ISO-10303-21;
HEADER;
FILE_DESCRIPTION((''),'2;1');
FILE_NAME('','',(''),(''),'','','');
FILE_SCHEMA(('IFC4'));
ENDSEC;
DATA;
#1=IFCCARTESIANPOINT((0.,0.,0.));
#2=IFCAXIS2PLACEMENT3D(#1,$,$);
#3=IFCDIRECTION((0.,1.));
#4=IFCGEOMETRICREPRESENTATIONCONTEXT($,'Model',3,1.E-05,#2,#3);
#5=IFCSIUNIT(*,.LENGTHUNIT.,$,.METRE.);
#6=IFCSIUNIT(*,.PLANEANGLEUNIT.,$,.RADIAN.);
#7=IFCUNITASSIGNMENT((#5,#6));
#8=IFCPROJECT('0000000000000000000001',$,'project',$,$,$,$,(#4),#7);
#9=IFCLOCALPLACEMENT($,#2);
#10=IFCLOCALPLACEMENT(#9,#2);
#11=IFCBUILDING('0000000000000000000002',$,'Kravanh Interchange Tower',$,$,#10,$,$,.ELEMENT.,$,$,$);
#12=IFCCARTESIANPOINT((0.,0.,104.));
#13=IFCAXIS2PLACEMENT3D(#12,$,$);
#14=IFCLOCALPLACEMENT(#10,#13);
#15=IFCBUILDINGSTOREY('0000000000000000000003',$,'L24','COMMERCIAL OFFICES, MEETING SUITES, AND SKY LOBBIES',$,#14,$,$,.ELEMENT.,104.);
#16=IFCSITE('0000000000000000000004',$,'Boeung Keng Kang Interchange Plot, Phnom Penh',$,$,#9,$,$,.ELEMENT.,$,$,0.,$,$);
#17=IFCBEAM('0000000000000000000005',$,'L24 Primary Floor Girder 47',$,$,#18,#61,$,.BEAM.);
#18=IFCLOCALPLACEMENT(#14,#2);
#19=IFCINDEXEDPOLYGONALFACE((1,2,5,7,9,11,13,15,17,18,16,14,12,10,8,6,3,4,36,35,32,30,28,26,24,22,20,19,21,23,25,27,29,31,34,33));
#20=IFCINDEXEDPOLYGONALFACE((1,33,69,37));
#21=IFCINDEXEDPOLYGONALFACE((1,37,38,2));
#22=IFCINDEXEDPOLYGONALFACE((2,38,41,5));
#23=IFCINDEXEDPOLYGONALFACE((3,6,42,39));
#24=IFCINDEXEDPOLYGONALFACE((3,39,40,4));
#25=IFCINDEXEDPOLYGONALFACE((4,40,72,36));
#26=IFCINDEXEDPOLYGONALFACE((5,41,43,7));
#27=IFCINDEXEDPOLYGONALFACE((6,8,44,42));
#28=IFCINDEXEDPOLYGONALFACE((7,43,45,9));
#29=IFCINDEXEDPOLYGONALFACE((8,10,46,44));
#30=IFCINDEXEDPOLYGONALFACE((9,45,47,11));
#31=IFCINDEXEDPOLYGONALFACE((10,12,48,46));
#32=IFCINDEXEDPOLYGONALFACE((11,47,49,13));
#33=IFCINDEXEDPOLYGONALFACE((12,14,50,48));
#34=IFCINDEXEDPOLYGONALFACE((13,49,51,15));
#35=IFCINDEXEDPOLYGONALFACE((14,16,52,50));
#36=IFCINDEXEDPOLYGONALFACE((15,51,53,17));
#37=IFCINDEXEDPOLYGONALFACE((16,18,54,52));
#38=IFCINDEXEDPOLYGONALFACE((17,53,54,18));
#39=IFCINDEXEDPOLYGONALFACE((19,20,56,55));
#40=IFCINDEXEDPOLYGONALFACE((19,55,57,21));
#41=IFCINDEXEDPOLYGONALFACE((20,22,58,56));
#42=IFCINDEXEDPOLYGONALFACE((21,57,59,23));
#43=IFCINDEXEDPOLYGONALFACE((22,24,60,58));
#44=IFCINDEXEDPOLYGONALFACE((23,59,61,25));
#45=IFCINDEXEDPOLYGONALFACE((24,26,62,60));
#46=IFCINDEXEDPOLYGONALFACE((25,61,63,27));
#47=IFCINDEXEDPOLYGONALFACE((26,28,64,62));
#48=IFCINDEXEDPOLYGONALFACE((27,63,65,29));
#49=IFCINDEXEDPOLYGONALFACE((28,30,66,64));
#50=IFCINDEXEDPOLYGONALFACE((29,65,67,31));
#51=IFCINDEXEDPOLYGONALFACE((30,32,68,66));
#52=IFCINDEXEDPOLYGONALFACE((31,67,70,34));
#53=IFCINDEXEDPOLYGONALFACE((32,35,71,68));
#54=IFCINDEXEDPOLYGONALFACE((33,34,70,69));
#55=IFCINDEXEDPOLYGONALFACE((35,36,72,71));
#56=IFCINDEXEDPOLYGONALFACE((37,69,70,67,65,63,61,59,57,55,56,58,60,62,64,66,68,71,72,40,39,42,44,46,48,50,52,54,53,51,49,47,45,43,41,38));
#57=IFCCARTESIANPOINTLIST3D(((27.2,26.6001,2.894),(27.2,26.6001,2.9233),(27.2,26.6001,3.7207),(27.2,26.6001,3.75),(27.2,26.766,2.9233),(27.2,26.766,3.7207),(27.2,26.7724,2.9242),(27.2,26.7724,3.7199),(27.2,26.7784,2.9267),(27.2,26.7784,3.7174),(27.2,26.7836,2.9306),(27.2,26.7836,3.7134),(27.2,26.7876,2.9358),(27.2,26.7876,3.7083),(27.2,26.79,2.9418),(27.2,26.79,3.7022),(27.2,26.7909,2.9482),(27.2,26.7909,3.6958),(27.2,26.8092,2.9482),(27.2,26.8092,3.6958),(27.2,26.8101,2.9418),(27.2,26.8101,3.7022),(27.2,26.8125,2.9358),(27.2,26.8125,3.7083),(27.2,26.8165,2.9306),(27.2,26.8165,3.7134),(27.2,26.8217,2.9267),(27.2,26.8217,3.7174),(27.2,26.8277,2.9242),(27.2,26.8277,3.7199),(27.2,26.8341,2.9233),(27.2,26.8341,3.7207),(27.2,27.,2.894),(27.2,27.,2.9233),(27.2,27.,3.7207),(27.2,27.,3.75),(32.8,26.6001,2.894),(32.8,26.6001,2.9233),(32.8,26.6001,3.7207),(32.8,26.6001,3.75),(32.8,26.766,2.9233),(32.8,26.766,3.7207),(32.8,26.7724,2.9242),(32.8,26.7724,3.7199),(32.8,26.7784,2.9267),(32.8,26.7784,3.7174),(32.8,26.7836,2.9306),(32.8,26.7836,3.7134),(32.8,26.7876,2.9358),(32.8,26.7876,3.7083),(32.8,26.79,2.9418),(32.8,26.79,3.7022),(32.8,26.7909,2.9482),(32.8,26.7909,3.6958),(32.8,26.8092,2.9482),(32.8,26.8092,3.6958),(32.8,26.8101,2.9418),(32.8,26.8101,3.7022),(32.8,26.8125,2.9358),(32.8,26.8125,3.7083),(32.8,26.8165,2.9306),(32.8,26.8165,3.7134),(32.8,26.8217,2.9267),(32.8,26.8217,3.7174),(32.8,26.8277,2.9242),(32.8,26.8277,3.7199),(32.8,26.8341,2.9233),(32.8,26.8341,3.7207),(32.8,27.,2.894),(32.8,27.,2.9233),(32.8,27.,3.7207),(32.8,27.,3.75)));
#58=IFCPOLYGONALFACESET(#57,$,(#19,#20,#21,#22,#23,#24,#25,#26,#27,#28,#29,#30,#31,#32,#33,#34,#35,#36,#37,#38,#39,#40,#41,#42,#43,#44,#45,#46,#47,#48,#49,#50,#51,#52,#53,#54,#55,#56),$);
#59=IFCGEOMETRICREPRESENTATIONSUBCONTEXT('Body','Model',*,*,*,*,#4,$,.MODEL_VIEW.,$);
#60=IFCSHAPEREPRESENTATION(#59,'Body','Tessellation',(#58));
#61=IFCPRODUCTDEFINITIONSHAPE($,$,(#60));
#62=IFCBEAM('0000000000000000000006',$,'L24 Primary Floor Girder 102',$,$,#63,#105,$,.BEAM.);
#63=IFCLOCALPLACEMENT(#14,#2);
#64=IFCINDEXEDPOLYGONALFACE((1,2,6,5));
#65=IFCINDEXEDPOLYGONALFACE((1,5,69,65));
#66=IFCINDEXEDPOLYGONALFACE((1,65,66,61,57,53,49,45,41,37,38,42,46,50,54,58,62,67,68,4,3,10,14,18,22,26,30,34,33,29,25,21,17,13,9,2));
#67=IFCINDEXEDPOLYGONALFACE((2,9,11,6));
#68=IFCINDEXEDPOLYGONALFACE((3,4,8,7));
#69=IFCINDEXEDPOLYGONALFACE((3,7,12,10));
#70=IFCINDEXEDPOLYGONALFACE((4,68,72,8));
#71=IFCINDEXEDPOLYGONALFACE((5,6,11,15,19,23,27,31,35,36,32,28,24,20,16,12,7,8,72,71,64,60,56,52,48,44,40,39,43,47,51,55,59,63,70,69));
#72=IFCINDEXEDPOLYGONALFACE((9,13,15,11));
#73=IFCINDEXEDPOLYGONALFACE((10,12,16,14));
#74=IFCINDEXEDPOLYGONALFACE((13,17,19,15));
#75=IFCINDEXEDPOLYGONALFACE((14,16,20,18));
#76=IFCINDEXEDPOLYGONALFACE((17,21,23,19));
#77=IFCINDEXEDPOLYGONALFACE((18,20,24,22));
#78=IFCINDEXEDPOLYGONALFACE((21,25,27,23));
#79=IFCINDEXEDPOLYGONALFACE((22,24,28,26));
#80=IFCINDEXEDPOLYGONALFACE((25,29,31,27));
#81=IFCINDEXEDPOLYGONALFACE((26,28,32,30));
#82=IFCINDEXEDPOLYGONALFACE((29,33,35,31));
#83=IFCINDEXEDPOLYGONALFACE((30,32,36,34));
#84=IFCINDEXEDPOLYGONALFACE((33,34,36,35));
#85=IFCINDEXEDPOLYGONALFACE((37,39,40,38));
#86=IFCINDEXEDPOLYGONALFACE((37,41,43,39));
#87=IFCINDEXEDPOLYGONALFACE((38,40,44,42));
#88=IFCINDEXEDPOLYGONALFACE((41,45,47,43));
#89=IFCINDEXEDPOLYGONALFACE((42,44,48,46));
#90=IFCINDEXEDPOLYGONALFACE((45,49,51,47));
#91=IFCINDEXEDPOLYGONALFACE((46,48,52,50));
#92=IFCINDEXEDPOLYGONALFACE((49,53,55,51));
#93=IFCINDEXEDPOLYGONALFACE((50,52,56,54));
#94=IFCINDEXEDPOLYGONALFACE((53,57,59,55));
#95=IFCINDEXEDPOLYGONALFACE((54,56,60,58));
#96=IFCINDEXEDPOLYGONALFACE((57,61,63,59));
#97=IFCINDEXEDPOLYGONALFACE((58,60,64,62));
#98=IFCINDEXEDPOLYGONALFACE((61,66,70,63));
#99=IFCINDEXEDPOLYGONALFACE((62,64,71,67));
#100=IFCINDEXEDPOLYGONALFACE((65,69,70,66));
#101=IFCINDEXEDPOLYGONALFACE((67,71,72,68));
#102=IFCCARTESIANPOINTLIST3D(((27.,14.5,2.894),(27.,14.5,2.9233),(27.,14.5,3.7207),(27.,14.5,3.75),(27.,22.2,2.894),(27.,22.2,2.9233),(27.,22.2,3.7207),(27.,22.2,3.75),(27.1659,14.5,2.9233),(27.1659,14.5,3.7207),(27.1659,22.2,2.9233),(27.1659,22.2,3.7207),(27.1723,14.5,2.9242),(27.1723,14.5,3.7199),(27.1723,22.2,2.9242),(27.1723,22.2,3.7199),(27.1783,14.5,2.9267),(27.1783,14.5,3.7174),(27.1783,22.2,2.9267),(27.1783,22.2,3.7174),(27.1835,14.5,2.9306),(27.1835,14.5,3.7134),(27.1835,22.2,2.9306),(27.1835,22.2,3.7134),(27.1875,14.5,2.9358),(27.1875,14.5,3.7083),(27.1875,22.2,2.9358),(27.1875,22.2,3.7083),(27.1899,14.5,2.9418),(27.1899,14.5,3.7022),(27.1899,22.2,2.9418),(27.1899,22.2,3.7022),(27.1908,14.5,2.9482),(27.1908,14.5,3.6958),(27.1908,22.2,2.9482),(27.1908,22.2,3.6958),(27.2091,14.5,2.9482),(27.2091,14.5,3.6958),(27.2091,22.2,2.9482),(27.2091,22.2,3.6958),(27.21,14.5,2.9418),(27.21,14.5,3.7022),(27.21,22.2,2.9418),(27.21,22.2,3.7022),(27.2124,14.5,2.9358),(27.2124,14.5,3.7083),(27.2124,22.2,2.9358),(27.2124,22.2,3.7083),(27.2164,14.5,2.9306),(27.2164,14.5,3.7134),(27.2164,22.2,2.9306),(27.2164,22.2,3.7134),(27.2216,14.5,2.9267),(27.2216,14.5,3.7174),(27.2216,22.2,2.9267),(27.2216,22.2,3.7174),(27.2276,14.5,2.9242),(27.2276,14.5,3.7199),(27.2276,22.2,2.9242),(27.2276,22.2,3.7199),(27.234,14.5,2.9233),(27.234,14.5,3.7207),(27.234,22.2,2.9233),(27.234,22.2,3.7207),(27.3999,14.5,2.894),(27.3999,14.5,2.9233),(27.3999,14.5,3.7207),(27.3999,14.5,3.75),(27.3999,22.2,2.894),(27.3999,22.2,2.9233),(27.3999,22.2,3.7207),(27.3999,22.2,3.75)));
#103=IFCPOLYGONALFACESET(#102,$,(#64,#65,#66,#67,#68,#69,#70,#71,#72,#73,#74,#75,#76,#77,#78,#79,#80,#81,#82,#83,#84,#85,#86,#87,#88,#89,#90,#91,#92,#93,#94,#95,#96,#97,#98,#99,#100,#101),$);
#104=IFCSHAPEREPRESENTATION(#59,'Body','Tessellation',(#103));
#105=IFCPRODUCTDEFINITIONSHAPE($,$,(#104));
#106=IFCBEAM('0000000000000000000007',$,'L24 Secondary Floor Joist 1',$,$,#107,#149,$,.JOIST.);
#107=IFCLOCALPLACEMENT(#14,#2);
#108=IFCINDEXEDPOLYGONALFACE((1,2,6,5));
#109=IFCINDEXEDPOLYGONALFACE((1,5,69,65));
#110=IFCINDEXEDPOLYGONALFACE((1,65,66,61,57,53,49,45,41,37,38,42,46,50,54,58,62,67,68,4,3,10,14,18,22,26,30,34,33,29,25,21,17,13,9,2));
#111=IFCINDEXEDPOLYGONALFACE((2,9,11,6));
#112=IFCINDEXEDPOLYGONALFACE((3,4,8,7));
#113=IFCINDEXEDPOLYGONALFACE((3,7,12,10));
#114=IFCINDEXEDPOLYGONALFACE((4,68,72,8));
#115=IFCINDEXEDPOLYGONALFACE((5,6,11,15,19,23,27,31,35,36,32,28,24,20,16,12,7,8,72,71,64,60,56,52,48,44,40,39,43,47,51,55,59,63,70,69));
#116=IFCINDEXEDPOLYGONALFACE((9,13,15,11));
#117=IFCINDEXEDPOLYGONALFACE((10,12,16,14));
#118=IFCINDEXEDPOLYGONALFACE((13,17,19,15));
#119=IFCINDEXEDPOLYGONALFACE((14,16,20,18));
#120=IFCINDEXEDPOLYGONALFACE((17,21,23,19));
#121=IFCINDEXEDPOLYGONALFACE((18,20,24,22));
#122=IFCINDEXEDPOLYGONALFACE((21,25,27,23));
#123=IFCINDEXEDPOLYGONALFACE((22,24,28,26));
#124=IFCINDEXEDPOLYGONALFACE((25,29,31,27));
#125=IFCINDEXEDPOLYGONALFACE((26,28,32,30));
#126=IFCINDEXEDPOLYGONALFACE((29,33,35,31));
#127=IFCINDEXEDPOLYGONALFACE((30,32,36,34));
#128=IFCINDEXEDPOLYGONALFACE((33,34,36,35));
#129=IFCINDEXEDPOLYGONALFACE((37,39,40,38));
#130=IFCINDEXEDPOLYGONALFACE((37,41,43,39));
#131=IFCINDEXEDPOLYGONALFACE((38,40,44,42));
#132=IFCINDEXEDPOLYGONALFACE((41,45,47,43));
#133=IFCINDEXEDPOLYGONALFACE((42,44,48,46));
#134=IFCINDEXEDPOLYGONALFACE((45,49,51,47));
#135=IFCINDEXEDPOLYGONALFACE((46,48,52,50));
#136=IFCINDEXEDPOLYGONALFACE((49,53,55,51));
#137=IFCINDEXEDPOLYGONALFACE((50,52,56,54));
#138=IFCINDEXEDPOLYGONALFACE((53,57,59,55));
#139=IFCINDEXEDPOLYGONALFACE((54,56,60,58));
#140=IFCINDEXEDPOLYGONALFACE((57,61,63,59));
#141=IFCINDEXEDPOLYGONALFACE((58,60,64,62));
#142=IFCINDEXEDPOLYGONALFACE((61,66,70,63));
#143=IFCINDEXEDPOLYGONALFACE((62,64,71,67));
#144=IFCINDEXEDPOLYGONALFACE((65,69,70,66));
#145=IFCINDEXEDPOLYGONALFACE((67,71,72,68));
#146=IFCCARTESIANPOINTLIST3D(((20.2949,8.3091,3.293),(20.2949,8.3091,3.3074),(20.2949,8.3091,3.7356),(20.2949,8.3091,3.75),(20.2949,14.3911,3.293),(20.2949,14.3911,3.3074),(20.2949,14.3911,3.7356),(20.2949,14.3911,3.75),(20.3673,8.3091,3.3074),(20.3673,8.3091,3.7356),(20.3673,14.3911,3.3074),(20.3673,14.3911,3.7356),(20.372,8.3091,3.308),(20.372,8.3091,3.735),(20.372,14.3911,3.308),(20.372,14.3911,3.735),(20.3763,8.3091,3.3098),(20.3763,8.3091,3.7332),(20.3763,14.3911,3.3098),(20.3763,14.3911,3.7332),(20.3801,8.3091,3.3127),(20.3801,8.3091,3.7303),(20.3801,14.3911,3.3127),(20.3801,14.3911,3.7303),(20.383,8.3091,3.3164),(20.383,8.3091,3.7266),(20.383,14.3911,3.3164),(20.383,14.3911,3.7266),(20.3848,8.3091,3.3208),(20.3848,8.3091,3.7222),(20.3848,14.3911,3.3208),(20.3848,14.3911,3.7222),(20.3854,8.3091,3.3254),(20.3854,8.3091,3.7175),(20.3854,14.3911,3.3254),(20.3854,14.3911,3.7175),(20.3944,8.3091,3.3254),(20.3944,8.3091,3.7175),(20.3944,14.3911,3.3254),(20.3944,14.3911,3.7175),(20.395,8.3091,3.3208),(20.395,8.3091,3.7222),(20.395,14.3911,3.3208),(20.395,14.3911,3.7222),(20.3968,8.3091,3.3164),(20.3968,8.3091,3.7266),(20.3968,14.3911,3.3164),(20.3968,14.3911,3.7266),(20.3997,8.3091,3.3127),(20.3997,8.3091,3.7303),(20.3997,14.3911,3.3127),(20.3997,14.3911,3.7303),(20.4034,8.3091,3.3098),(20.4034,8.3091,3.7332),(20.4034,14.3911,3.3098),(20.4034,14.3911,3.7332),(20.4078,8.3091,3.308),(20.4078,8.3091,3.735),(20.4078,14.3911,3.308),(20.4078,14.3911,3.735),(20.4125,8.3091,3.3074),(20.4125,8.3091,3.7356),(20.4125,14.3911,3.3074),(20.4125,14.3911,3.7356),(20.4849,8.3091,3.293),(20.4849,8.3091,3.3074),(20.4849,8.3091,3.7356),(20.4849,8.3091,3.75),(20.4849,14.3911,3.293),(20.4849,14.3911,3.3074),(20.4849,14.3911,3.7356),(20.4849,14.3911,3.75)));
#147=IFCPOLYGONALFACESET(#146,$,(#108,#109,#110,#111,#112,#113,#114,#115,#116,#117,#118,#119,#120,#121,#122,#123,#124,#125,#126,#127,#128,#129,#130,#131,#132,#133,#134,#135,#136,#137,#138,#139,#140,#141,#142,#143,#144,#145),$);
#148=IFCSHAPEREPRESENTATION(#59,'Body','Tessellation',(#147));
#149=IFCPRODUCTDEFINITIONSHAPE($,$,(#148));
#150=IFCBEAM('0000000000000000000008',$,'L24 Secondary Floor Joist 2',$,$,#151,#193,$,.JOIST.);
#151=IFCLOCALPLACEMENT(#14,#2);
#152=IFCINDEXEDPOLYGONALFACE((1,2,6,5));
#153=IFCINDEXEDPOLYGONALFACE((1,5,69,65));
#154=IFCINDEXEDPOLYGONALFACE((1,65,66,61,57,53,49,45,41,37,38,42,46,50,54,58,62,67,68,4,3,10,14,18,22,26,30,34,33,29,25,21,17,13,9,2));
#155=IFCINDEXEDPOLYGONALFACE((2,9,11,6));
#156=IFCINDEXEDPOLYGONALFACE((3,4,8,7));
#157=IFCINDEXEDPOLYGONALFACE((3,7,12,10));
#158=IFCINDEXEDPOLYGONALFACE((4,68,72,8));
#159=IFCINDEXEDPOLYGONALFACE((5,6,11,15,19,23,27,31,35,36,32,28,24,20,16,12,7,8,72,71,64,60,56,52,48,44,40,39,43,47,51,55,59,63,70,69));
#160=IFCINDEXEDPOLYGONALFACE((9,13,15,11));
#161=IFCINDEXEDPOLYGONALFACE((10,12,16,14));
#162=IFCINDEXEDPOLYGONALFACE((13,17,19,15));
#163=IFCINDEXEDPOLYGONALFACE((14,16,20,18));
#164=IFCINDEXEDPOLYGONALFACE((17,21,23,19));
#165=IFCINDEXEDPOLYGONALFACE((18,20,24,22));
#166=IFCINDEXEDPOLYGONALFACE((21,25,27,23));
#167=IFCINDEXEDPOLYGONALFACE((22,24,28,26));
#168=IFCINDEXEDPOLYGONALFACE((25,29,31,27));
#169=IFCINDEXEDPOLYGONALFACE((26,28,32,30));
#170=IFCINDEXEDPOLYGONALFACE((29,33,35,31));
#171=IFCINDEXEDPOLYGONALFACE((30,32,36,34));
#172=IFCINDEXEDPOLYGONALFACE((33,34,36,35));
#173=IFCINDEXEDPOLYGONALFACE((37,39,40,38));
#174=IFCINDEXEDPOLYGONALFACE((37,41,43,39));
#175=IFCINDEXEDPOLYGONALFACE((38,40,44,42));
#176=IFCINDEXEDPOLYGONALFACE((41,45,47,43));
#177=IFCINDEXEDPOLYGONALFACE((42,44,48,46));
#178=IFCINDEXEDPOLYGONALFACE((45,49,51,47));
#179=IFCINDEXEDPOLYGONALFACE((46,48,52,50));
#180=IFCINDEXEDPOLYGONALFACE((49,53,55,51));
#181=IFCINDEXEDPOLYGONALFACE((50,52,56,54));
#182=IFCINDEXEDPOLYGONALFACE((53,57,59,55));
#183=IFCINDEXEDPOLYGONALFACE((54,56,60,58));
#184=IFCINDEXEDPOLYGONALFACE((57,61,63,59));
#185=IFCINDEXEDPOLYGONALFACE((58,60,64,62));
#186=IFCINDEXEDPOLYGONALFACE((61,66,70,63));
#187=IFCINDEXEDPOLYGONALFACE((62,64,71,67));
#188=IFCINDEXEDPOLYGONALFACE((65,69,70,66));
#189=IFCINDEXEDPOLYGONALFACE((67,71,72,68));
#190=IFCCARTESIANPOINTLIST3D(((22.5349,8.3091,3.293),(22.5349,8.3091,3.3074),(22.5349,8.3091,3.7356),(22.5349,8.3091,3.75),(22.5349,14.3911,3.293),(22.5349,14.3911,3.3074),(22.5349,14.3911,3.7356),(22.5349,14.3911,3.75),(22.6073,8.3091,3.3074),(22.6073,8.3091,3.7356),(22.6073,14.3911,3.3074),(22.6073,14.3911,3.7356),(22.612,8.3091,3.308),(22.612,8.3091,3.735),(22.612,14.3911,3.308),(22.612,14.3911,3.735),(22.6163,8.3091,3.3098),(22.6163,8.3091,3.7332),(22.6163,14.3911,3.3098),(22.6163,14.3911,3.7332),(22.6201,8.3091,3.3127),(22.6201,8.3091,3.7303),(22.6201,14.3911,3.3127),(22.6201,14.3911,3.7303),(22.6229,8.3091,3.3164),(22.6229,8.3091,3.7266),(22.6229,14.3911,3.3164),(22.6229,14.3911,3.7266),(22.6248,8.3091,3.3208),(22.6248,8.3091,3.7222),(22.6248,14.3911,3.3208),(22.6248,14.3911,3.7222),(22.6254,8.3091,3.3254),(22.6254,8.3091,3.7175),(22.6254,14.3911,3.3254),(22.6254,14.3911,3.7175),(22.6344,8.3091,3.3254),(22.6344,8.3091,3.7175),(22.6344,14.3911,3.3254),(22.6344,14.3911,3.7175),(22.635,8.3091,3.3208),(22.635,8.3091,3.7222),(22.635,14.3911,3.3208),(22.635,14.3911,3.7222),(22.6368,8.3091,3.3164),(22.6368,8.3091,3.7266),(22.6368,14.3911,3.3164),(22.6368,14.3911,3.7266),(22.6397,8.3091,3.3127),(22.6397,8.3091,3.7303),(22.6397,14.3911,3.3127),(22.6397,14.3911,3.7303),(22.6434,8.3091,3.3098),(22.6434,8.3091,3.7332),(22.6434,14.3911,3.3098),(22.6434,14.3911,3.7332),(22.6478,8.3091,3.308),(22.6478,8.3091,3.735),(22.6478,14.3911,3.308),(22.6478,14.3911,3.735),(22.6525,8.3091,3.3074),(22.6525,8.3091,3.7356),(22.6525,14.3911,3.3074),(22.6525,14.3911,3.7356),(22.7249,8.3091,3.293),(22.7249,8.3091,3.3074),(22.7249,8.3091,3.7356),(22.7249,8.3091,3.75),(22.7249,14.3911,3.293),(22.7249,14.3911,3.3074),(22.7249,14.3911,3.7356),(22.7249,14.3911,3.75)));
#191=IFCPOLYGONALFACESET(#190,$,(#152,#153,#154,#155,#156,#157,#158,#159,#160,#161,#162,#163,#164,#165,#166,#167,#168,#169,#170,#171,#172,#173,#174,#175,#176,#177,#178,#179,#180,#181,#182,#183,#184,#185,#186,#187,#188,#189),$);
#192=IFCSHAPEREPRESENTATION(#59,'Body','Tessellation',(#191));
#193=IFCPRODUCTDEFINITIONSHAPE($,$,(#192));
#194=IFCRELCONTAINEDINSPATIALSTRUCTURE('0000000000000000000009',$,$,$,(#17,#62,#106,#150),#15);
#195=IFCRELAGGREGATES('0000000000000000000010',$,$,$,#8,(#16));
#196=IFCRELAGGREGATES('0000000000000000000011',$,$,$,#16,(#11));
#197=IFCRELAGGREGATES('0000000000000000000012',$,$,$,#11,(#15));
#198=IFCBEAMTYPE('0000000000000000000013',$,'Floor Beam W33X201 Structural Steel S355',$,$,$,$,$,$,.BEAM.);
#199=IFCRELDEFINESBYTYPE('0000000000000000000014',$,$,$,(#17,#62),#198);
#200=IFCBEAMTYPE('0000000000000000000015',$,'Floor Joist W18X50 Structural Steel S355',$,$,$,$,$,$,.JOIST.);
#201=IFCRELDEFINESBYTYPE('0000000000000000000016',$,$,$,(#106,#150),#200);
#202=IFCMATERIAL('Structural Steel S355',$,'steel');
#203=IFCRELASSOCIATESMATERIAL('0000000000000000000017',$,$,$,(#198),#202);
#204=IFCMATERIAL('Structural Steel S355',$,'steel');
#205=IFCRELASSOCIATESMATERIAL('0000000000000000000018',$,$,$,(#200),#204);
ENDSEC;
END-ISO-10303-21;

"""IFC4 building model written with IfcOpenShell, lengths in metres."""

from ifc_helpers import new_model, si_unit, direction, frame, origin, origin_2d, place, context, subcontext, project, spatial, i_section, extrude, material, material_profile, profile_set, type_object, element, save


model = new_model("IFC4")

# Units and contexts
model_context = context("Model", 3, precision=1e-05, world=origin(), true_north=direction((0.0, 1.0)))
body_context = subcontext(model_context, "Body", "Model", "MODEL_VIEW")
ifc_project = project(units=[si_unit("LENGTHUNIT", "METRE"), si_unit("PLANEANGLEUNIT", "RADIAN")], contexts=[model_context])

# Site, building, storey
site_placement = place(None, origin())
site = spatial("IfcSite", under=ifc_project, at=site_placement, Name="Boeung Keng Kang Interchange Plot, Phnom Penh", CompositionType="ELEMENT", RefElevation=0.0)
building_placement = place(site_placement, origin())
building = spatial("IfcBuilding", under=site, at=building_placement, Name="Kravanh Interchange Tower", CompositionType="ELEMENT")
storey_placement = place(building_placement, frame((0.0, 0.0, 104.0)))
storey = spatial("IfcBuildingStorey", under=building, at=storey_placement, Name="L24", Description="COMMERCIAL OFFICES, MEETING SUITES, AND SKY LOBBIES", CompositionType="ELEMENT", Elevation=104.0)

# Beams
ifc_material_1 = material(Name="Structural Steel S355", Category="steel")
ifc_material_profile_1 = material_profile(ifc_material_1, i_section(OverallWidth=0.3999, OverallDepth=0.856, WebThickness=0.0183, FlangeThickness=0.0293, FilletRadius=0.0249, at=origin_2d()), Name="W33X201")
ifc_profile_set_1 = profile_set([ifc_material_profile_1], Name="Structural Steel S355")
beam_type_1 = type_object("IfcBeamType", Name="Floor Beam W33X201 Structural Steel S355", PredefinedType="BEAM", material=ifc_profile_set_1)
beam_1_placement = place(storey_placement, frame((27.2, 26.8, 3.322), z_axis=(1.0, 0.0, 0.0), x_axis=(0.0, 1.0, 0.0)))
element("IfcBeam", 1, at=beam_1_placement, inside=storey, type_object=beam_type_1, Name="L24 Primary Floor Girder 47", PredefinedType="BEAM", context=body_context, shape_type="SweptSolid", body=[
    extrude(i_section(OverallWidth=0.3999, OverallDepth=0.856, WebThickness=0.0183, FlangeThickness=0.0293, FilletRadius=0.0249, at=origin_2d()), origin(), (0.0, 0.0, 1.0), 5.6001),
])
beam_2_placement = place(storey_placement, frame((27.2, 14.5, 3.322), z_axis=(0.0, 1.0, 0.0), x_axis=(-1.0, 0.0, 0.0)))
element("IfcBeam", 2, at=beam_2_placement, inside=storey, type_object=beam_type_1, Name="L24 Primary Floor Girder 102", PredefinedType="BEAM", context=body_context, shape_type="SweptSolid", body=[
    extrude(i_section(OverallWidth=0.3999, OverallDepth=0.856, WebThickness=0.0183, FlangeThickness=0.0293, FilletRadius=0.0249, at=origin_2d()), origin(), (0.0, 0.0, 1.0), 7.7),
])
ifc_material_2 = material(Name="Structural Steel S355", Category="steel")
ifc_material_profile_2 = material_profile(ifc_material_2, i_section(OverallWidth=0.1899, OverallDepth=0.457, WebThickness=0.009, FlangeThickness=0.0144, FilletRadius=0.0181, at=origin_2d()), Name="W18X50")
ifc_profile_set_2 = profile_set([ifc_material_profile_2], Name="Structural Steel S355")
beam_type_2 = type_object("IfcBeamType", Name="Floor Joist W18X50 Structural Steel S355", PredefinedType="JOIST", material=ifc_profile_set_2)
for number, where, z_axis, x_axis, name in (
    (3, (20.3899, 8.3091, 3.5215), (0.0, 1.0, 0.0), (-1.0, 0.0, 0.0), "L24 Secondary Floor Joist 1"),
    (4, (22.6299, 8.3091, 3.5215), (0.0, 1.0, 0.0), (-1.0, 0.0, 0.0), "L24 Secondary Floor Joist 2"),
):
    element("IfcBeam", number, at=place(storey_placement, frame(where, z_axis=z_axis, x_axis=x_axis)), inside=storey, type_object=beam_type_2, Name=name, PredefinedType="JOIST", context=body_context, shape_type="SweptSolid", body=[
        extrude(i_section(OverallWidth=0.1899, OverallDepth=0.457, WebThickness=0.009, FlangeThickness=0.0144, FilletRadius=0.0181, at=origin_2d()), origin(), (0.0, 0.0, 1.0), 6.082),
    ])

save(model, "model.ifc")
